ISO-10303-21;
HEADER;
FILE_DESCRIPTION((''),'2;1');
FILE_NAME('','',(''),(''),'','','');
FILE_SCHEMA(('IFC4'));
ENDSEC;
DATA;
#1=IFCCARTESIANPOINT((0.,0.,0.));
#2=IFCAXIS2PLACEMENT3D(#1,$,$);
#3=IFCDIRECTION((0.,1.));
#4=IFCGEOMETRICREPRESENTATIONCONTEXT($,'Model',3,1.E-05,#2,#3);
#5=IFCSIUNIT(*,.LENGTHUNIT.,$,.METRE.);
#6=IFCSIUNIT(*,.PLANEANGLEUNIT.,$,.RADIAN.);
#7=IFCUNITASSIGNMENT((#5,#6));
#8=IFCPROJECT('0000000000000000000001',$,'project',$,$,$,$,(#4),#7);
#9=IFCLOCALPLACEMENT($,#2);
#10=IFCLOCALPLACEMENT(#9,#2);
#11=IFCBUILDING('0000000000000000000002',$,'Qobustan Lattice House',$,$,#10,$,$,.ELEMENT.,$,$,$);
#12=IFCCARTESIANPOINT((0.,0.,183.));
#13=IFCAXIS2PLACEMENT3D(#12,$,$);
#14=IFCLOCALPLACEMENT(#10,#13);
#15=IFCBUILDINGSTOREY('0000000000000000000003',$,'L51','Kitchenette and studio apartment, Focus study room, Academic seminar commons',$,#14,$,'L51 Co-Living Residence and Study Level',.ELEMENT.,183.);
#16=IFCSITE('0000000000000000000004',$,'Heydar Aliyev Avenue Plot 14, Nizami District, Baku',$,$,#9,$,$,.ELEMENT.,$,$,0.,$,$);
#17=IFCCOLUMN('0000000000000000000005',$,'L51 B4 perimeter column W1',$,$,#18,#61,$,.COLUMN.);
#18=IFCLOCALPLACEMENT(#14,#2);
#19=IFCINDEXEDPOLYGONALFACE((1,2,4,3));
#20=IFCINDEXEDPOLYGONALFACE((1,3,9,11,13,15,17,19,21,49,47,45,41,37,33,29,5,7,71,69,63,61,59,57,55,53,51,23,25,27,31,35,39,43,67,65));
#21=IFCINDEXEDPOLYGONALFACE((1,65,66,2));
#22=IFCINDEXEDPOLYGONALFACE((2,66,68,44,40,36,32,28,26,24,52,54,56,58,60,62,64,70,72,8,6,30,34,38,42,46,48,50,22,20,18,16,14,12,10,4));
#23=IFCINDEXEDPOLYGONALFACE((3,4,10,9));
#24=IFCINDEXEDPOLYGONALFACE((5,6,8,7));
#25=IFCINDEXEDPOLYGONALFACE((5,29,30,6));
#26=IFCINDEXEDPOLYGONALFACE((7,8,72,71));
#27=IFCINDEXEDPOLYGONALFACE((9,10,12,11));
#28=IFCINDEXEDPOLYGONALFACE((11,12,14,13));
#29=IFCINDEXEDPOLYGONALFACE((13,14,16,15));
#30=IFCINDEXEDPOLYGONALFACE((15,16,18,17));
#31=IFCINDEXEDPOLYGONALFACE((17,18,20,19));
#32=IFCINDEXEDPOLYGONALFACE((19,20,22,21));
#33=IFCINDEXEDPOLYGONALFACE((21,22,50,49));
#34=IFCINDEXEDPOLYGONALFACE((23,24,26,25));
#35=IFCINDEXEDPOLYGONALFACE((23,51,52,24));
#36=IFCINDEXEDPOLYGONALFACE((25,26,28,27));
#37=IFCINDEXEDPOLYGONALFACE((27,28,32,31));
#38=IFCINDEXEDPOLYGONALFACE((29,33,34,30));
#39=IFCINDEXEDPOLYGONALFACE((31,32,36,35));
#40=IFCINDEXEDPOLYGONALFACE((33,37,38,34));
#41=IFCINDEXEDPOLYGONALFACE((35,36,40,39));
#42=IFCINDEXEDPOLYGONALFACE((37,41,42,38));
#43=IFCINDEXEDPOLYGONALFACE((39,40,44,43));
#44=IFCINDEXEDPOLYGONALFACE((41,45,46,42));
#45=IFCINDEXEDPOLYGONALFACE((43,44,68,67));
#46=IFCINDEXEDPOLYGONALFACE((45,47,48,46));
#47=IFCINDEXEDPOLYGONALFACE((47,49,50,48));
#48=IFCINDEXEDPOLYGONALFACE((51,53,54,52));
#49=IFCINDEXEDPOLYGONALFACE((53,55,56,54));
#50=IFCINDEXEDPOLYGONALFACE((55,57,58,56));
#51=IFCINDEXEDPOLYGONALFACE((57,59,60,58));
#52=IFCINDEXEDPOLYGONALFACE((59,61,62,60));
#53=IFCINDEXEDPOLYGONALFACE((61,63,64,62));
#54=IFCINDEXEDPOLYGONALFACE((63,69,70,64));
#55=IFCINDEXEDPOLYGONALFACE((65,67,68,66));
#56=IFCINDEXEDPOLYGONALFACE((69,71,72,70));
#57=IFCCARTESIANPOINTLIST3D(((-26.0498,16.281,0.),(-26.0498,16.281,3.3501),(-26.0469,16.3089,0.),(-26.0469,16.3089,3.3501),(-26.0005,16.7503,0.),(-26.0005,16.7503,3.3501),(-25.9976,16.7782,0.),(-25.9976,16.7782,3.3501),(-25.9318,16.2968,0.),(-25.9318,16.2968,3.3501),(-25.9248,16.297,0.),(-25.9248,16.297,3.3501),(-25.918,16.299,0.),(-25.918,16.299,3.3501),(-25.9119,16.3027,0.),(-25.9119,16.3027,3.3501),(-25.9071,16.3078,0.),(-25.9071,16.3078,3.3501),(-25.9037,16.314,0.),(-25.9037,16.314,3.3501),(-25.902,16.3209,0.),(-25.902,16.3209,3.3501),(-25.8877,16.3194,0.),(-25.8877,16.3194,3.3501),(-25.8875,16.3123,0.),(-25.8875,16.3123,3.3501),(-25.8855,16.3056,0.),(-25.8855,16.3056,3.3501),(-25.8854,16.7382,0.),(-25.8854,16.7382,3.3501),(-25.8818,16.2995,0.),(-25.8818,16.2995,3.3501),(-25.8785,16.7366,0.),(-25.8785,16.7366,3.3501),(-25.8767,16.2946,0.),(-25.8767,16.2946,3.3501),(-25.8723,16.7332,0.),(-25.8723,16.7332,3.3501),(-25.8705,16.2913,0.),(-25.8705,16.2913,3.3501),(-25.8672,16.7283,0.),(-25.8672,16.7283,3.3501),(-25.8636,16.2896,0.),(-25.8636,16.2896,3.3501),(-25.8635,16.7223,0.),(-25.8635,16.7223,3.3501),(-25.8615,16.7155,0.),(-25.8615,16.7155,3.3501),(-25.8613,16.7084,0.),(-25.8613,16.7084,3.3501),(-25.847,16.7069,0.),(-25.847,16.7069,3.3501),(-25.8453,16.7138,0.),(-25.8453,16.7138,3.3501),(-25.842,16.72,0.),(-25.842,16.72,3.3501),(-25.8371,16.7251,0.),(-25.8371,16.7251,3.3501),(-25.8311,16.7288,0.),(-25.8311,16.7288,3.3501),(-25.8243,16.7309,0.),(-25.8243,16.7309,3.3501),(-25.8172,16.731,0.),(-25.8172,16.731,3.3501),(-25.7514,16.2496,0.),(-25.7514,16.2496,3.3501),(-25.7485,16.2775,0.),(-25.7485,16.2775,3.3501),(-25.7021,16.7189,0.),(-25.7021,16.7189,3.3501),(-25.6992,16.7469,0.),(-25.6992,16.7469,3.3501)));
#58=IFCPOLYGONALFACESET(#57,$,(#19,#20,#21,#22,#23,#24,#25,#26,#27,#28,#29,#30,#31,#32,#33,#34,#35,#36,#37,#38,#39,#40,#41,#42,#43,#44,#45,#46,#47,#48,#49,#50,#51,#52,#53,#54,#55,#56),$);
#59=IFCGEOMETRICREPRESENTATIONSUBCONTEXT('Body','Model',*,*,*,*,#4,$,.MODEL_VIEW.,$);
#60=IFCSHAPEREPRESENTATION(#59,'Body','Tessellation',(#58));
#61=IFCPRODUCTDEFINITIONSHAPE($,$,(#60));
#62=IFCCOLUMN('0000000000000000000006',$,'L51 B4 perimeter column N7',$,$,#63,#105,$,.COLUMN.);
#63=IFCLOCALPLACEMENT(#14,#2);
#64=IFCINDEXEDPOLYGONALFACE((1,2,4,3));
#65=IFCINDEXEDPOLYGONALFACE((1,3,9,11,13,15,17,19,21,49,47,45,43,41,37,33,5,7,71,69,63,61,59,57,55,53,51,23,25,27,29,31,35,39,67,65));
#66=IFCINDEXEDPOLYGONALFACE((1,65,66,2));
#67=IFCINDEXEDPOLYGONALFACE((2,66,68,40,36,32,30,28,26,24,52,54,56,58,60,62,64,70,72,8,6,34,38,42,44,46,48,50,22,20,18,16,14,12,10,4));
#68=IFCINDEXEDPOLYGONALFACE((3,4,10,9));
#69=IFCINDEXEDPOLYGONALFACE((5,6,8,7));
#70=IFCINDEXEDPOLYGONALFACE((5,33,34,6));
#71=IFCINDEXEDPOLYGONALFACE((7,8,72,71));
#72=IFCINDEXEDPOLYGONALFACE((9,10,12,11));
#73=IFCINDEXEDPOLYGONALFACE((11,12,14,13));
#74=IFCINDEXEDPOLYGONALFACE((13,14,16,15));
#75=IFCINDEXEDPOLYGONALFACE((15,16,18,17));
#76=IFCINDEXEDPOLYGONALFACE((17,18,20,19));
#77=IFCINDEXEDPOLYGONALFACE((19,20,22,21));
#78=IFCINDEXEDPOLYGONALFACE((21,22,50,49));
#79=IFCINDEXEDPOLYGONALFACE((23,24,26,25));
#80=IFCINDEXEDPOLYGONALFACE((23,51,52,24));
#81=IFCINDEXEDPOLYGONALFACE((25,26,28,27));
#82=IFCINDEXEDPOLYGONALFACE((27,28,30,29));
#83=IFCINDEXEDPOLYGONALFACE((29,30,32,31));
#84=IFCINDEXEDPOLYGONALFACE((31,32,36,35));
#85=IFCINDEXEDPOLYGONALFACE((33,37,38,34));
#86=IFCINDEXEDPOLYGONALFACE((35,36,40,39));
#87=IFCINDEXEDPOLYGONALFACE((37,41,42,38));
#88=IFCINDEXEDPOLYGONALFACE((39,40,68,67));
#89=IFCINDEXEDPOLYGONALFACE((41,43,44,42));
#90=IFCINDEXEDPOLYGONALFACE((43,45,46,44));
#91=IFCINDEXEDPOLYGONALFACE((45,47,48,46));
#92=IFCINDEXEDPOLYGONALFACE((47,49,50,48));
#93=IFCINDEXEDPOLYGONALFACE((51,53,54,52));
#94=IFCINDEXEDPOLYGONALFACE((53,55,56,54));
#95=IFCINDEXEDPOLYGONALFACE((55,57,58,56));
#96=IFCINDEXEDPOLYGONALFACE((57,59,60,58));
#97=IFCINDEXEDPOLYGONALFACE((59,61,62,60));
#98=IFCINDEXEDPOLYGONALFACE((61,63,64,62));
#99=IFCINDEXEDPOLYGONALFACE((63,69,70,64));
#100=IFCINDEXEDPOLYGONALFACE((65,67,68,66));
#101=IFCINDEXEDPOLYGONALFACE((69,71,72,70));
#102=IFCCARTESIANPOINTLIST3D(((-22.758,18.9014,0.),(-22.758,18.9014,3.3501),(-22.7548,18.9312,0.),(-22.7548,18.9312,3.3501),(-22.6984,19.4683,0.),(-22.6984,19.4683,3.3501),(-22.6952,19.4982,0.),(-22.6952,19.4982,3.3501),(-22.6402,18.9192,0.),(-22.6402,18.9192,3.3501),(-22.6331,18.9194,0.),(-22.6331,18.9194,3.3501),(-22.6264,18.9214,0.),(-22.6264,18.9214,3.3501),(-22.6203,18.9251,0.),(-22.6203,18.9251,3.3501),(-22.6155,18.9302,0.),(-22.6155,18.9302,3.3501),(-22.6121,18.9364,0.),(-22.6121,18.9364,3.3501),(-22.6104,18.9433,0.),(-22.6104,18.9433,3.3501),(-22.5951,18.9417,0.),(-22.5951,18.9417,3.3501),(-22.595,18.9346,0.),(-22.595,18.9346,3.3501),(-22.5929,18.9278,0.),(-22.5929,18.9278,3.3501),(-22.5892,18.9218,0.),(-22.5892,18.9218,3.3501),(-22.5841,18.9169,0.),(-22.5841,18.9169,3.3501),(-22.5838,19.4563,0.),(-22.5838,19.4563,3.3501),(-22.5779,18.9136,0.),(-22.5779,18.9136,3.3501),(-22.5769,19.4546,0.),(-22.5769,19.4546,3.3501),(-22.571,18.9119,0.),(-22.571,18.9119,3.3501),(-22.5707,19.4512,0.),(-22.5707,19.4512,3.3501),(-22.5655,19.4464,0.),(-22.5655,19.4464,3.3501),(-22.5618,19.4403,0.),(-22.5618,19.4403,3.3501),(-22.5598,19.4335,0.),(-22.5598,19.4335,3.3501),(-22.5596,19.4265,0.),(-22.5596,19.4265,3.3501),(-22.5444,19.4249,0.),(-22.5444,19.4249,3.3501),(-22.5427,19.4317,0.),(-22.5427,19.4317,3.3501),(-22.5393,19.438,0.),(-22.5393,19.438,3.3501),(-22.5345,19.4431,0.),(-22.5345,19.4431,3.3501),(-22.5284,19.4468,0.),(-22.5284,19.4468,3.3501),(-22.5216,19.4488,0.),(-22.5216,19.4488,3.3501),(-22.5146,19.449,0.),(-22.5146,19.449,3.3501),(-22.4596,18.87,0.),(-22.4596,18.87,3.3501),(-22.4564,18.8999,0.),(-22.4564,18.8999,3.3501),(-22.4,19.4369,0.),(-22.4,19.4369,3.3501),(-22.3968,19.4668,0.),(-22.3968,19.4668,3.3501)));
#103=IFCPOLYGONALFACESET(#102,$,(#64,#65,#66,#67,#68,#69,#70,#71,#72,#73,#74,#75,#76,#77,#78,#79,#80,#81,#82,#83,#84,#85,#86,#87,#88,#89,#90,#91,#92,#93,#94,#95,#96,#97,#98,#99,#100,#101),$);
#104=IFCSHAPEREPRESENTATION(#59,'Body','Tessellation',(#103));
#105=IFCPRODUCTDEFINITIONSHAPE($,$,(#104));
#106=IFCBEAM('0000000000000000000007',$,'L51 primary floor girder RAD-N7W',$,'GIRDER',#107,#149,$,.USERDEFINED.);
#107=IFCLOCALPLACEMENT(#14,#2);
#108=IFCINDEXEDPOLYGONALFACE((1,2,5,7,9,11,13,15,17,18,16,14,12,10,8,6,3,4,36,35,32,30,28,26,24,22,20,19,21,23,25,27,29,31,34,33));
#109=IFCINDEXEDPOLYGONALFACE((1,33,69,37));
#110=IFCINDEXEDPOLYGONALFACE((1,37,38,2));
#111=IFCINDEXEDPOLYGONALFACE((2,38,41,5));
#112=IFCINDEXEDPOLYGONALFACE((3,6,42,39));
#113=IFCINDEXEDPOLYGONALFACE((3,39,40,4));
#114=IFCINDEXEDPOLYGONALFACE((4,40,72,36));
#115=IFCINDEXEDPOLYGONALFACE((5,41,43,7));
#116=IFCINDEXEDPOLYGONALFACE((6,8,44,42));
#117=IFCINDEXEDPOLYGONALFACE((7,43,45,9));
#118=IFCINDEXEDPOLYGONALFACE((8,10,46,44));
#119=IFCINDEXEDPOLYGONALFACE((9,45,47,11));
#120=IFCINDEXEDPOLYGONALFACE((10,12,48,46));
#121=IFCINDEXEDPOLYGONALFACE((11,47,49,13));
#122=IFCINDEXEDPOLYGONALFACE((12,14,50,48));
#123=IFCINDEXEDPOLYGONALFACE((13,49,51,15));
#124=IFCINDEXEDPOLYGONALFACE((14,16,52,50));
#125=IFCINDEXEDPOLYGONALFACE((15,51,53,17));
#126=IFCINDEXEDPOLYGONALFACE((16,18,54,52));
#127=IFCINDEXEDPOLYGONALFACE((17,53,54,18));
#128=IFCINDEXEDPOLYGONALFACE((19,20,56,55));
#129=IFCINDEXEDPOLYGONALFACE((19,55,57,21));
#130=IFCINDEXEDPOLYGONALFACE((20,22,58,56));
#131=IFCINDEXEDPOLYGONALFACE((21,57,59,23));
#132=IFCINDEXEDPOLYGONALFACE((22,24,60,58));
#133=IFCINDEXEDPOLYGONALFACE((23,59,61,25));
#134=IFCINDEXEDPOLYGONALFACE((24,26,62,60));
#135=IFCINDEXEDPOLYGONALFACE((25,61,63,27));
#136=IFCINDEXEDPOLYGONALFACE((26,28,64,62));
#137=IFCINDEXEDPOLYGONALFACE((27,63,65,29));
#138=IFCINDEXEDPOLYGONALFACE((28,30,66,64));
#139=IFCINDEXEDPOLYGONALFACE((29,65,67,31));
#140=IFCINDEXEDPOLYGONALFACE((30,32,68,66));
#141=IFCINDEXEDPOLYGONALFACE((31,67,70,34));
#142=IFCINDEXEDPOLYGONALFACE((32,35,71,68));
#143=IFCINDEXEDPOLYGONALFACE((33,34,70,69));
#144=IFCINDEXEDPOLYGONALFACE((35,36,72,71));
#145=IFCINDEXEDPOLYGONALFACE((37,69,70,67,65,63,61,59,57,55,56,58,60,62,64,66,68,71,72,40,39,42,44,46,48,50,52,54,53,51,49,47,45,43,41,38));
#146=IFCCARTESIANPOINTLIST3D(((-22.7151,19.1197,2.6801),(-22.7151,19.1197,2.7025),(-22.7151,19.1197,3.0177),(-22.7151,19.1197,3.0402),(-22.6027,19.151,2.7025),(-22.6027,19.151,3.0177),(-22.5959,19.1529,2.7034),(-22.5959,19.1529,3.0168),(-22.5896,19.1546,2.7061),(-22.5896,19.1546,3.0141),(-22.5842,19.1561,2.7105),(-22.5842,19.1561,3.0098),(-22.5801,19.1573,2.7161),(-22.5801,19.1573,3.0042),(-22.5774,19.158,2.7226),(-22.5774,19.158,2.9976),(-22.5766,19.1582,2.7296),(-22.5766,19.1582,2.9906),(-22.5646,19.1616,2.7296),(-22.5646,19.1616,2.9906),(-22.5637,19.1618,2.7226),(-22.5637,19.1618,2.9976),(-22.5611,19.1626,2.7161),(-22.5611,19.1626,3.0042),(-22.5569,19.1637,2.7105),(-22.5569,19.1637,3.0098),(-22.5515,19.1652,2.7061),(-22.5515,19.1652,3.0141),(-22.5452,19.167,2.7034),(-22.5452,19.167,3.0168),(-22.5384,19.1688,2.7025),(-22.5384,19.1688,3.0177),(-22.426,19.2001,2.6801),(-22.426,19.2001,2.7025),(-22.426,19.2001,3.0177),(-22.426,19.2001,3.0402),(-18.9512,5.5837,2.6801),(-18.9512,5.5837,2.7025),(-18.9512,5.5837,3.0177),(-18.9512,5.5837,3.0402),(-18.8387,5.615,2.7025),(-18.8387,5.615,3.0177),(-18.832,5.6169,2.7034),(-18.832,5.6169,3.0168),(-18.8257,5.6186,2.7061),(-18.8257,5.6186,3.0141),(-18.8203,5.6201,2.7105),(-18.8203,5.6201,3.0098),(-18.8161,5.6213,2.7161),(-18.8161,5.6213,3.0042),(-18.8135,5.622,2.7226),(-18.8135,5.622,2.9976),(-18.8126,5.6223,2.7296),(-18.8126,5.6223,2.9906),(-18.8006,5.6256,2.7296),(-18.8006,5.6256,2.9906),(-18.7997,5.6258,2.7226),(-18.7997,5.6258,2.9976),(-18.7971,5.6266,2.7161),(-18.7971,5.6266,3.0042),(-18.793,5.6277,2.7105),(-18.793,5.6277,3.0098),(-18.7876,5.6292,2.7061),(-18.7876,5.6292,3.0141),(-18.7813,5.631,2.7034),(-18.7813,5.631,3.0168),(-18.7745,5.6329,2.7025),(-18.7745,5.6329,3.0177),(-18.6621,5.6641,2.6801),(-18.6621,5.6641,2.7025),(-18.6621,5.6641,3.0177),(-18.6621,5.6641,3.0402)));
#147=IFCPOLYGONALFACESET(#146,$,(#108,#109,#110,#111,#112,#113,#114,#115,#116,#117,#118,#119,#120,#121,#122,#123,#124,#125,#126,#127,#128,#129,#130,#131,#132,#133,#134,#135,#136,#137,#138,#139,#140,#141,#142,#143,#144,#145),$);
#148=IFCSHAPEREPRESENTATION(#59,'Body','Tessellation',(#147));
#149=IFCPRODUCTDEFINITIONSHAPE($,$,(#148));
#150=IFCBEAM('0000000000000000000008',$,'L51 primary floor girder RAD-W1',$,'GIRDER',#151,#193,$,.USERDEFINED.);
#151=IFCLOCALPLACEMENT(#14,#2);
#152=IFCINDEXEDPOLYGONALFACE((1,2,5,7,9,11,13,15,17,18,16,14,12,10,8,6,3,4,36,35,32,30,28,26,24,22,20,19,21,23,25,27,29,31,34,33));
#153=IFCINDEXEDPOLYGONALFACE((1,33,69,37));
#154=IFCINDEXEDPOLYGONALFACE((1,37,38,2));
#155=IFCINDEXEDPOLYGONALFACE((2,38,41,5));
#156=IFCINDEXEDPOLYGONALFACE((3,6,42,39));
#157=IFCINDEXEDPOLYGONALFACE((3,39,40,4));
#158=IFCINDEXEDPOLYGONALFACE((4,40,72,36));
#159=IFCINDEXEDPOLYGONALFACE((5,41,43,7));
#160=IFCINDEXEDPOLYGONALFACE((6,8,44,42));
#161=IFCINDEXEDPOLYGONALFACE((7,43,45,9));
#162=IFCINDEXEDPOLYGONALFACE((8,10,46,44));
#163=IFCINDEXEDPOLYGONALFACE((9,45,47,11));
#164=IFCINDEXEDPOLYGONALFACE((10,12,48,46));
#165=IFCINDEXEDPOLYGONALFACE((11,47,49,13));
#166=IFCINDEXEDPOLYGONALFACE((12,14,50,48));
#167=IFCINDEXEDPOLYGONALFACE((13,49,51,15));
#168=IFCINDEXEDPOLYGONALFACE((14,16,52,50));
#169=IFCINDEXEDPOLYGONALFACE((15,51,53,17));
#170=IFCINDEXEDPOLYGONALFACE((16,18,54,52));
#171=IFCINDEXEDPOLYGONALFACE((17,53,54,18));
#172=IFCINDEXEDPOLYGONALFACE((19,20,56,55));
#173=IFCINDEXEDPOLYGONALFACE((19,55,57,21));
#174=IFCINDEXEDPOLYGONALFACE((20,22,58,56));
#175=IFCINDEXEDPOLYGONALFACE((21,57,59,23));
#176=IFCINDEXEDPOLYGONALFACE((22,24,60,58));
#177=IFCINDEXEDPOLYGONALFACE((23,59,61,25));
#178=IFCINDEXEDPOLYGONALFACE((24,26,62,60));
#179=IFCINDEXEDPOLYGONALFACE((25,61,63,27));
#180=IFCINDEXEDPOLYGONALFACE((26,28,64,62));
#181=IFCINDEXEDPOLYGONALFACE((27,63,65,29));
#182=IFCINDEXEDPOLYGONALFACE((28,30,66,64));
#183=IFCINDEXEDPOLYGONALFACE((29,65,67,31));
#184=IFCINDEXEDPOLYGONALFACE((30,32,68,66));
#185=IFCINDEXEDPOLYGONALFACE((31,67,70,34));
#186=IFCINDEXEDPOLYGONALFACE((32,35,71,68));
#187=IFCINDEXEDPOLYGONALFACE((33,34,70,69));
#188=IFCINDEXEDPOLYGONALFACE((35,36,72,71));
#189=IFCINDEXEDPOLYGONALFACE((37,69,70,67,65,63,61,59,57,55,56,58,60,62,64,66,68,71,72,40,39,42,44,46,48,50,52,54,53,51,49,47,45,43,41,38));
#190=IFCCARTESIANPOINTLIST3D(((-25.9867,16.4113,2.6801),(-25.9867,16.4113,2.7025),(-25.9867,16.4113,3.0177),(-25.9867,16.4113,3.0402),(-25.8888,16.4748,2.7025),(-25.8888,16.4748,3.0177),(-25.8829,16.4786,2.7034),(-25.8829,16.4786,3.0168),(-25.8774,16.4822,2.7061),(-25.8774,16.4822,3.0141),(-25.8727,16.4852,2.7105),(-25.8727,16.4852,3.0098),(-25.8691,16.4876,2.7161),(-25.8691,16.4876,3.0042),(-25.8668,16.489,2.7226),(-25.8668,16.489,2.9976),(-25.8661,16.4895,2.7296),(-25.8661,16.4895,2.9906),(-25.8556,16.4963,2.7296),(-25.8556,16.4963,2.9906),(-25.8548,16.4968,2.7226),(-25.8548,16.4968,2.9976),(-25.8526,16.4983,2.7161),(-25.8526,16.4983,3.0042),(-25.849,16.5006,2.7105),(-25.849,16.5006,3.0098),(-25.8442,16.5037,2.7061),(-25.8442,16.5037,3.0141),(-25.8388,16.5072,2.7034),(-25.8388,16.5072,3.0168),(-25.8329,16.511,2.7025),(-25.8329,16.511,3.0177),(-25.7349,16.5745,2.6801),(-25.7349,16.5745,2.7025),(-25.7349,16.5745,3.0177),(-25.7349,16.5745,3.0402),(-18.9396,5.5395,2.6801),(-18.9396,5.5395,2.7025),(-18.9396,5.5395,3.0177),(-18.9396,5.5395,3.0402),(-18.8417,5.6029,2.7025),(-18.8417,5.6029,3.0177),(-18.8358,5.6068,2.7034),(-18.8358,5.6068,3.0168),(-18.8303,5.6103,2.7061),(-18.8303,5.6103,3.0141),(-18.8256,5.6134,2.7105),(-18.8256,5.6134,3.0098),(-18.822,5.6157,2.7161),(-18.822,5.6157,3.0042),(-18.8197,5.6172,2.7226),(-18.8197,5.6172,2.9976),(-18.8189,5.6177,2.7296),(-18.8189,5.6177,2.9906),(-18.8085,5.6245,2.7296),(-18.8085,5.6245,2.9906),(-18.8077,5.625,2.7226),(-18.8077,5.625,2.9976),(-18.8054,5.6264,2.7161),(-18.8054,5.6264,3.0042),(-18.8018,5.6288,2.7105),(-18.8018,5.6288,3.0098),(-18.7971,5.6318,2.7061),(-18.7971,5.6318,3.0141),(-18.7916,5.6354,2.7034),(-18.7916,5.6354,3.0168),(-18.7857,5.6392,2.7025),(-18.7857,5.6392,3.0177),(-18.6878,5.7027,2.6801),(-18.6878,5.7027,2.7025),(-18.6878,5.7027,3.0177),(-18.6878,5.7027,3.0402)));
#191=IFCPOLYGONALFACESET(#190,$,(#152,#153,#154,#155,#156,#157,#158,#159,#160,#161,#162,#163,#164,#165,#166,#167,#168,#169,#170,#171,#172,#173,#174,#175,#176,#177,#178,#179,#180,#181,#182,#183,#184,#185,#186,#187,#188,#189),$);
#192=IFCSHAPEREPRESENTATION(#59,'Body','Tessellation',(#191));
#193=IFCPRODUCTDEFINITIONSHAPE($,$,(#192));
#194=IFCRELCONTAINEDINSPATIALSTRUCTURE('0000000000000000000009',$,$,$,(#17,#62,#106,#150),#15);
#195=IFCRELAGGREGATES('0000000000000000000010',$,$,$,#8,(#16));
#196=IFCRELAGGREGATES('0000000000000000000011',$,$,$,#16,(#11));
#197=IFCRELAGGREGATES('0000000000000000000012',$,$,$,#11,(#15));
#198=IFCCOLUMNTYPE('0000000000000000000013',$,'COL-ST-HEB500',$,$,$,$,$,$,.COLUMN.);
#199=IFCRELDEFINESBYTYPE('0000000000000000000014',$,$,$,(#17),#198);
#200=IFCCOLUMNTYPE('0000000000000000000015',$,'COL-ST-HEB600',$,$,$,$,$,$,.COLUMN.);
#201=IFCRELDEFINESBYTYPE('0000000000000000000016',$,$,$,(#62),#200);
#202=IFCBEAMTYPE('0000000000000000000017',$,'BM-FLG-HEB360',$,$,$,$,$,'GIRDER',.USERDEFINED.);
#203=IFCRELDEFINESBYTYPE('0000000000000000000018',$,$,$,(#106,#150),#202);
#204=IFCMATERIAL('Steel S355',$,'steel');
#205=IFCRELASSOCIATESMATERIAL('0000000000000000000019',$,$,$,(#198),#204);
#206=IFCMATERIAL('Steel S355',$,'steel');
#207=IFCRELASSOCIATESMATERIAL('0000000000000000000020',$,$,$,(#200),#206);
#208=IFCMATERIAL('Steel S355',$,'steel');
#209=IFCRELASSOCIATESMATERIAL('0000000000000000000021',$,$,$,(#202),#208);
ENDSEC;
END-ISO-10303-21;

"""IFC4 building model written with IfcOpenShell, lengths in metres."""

from ifc_helpers import new_model, si_unit, direction, frame, origin, origin_2d, place, context, subcontext, project, spatial, i_section, extrude, material, material_profile, profile_set, type_object, element, save


model = new_model("IFC4")

# Units and contexts
model_context = context("Model", 3, precision=1e-05, world=origin(), true_north=direction((0.0, 1.0)))
body_context = subcontext(model_context, "Body", "Model", "MODEL_VIEW")
ifc_project = project(units=[si_unit("LENGTHUNIT", "METRE"), si_unit("PLANEANGLEUNIT", "RADIAN")], contexts=[model_context])

# Site, building, storey
site_placement = place(None, origin())
site = spatial("IfcSite", under=ifc_project, at=site_placement, Name="Heydar Aliyev Avenue Plot 14, Nizami District, Baku", CompositionType="ELEMENT", RefElevation=0.0)
building_placement = place(site_placement, origin())
building = spatial("IfcBuilding", under=site, at=building_placement, Name="Qobustan Lattice House", CompositionType="ELEMENT")
storey_placement = place(building_placement, frame((0.0, 0.0, 183.0)))
storey = spatial("IfcBuildingStorey", under=building, at=storey_placement, Name="L51", Description="Kitchenette and studio apartment, Focus study room, Academic seminar commons", LongName="L51 Co-Living Residence and Study Level", CompositionType="ELEMENT", Elevation=183.0)

# Columns
ifc_material_1 = material(Name="Steel S355", Category="steel")
ifc_material_profile_1 = material_profile(ifc_material_1, i_section(OverallWidth=0.3, OverallDepth=0.5, WebThickness=0.0144, FlangeThickness=0.0281, FilletRadius=0.0271, at=origin_2d()), Name="HEB500")
ifc_profile_set_1 = profile_set([ifc_material_profile_1], Name="Steel S355")
column_type_1 = type_object("IfcColumnType", Name="COL-ST-HEB500", PredefinedType="COLUMN", material=ifc_profile_set_1)
column_1_placement = place(storey_placement, frame((-25.8745, 16.5139, 0.0), z_axis=(0.0, 0.0, 1.0), x_axis=(0.994522, -0.104528, 0.0)))
element("IfcColumn", 1, at=column_1_placement, inside=storey, type_object=column_type_1, Name="L51 B4 perimeter column W1", PredefinedType="COLUMN", context=body_context, shape_type="SweptSolid", body=[
    extrude(i_section(OverallWidth=0.3, OverallDepth=0.5, WebThickness=0.0144, FlangeThickness=0.0281, FilletRadius=0.0271, at=origin_2d()), origin(), (0.0, 0.0, 1.0), 3.3501),
])
ifc_material_2 = material(Name="Steel S355", Category="steel")
ifc_material_profile_2 = material_profile(ifc_material_2, i_section(OverallWidth=0.3, OverallDepth=0.6001, WebThickness=0.0154, FlangeThickness=0.03, FilletRadius=0.0271, at=origin_2d()), Name="HEB600")
ifc_profile_set_2 = profile_set([ifc_material_profile_2], Name="Steel S355")
column_type_2 = type_object("IfcColumnType", Name="COL-ST-HEB600", PredefinedType="COLUMN", material=ifc_profile_set_2)
column_2_placement = place(storey_placement, frame((-22.5774, 19.1841, 0.0), z_axis=(0.0, 0.0, 1.0), x_axis=(0.994522, -0.104528, 0.0)))
element("IfcColumn", 2, at=column_2_placement, inside=storey, type_object=column_type_2, Name="L51 B4 perimeter column N7", PredefinedType="COLUMN", context=body_context, shape_type="SweptSolid", body=[
    extrude(i_section(OverallWidth=0.3, OverallDepth=0.6001, WebThickness=0.0154, FlangeThickness=0.03, FilletRadius=0.0271, at=origin_2d()), origin(), (0.0, 0.0, 1.0), 3.3501),
])

# Beams
ifc_material_3 = material(Name="Steel S355", Category="steel")
ifc_material_profile_3 = material_profile(ifc_material_3, i_section(OverallWidth=0.3, OverallDepth=0.3601, WebThickness=0.0125, FlangeThickness=0.0225, FilletRadius=0.0271, at=origin_2d()), Name="HEB360")
ifc_profile_set_3 = profile_set([ifc_material_profile_3], Name="Steel S355")
beam_type_1 = type_object("IfcBeamType", Name="BM-FLG-HEB360", ElementType="GIRDER", PredefinedType="USERDEFINED", material=ifc_profile_set_3)
beam_1_placement = place(storey_placement, frame((-22.5706, 19.1599, 2.8601), z_axis=(0.267905, -0.963445, 0.0), x_axis=(0.963445, 0.267905, 0.0)))
element("IfcBeam", 3, at=beam_1_placement, inside=storey, type_object=beam_type_1, Name="L51 primary floor girder RAD-N7W", ObjectType="GIRDER", PredefinedType="USERDEFINED", context=body_context, shape_type="SweptSolid", body=[
    extrude(i_section(OverallWidth=0.3, OverallDepth=0.3601, WebThickness=0.0125, FlangeThickness=0.0225, FilletRadius=0.0271, at=origin_2d()), origin(), (0.0, 0.0, 1.0), 14.0496),
])
beam_2_placement = place(storey_placement, frame((-25.8608, 16.4929, 2.8601), z_axis=(0.543926, -0.839133, 0.0), x_axis=(0.839133, 0.543926, 0.0)))
element("IfcBeam", 4, at=beam_2_placement, inside=storey, type_object=beam_type_1, Name="L51 primary floor girder RAD-W1", ObjectType="GIRDER", PredefinedType="USERDEFINED", context=body_context, shape_type="SweptSolid", body=[
    extrude(i_section(OverallWidth=0.3, OverallDepth=0.3601, WebThickness=0.0125, FlangeThickness=0.0225, FilletRadius=0.0271, at=origin_2d()), origin(), (0.0, 0.0, 1.0), 12.9561),
])

save(model, "model.ifc")
